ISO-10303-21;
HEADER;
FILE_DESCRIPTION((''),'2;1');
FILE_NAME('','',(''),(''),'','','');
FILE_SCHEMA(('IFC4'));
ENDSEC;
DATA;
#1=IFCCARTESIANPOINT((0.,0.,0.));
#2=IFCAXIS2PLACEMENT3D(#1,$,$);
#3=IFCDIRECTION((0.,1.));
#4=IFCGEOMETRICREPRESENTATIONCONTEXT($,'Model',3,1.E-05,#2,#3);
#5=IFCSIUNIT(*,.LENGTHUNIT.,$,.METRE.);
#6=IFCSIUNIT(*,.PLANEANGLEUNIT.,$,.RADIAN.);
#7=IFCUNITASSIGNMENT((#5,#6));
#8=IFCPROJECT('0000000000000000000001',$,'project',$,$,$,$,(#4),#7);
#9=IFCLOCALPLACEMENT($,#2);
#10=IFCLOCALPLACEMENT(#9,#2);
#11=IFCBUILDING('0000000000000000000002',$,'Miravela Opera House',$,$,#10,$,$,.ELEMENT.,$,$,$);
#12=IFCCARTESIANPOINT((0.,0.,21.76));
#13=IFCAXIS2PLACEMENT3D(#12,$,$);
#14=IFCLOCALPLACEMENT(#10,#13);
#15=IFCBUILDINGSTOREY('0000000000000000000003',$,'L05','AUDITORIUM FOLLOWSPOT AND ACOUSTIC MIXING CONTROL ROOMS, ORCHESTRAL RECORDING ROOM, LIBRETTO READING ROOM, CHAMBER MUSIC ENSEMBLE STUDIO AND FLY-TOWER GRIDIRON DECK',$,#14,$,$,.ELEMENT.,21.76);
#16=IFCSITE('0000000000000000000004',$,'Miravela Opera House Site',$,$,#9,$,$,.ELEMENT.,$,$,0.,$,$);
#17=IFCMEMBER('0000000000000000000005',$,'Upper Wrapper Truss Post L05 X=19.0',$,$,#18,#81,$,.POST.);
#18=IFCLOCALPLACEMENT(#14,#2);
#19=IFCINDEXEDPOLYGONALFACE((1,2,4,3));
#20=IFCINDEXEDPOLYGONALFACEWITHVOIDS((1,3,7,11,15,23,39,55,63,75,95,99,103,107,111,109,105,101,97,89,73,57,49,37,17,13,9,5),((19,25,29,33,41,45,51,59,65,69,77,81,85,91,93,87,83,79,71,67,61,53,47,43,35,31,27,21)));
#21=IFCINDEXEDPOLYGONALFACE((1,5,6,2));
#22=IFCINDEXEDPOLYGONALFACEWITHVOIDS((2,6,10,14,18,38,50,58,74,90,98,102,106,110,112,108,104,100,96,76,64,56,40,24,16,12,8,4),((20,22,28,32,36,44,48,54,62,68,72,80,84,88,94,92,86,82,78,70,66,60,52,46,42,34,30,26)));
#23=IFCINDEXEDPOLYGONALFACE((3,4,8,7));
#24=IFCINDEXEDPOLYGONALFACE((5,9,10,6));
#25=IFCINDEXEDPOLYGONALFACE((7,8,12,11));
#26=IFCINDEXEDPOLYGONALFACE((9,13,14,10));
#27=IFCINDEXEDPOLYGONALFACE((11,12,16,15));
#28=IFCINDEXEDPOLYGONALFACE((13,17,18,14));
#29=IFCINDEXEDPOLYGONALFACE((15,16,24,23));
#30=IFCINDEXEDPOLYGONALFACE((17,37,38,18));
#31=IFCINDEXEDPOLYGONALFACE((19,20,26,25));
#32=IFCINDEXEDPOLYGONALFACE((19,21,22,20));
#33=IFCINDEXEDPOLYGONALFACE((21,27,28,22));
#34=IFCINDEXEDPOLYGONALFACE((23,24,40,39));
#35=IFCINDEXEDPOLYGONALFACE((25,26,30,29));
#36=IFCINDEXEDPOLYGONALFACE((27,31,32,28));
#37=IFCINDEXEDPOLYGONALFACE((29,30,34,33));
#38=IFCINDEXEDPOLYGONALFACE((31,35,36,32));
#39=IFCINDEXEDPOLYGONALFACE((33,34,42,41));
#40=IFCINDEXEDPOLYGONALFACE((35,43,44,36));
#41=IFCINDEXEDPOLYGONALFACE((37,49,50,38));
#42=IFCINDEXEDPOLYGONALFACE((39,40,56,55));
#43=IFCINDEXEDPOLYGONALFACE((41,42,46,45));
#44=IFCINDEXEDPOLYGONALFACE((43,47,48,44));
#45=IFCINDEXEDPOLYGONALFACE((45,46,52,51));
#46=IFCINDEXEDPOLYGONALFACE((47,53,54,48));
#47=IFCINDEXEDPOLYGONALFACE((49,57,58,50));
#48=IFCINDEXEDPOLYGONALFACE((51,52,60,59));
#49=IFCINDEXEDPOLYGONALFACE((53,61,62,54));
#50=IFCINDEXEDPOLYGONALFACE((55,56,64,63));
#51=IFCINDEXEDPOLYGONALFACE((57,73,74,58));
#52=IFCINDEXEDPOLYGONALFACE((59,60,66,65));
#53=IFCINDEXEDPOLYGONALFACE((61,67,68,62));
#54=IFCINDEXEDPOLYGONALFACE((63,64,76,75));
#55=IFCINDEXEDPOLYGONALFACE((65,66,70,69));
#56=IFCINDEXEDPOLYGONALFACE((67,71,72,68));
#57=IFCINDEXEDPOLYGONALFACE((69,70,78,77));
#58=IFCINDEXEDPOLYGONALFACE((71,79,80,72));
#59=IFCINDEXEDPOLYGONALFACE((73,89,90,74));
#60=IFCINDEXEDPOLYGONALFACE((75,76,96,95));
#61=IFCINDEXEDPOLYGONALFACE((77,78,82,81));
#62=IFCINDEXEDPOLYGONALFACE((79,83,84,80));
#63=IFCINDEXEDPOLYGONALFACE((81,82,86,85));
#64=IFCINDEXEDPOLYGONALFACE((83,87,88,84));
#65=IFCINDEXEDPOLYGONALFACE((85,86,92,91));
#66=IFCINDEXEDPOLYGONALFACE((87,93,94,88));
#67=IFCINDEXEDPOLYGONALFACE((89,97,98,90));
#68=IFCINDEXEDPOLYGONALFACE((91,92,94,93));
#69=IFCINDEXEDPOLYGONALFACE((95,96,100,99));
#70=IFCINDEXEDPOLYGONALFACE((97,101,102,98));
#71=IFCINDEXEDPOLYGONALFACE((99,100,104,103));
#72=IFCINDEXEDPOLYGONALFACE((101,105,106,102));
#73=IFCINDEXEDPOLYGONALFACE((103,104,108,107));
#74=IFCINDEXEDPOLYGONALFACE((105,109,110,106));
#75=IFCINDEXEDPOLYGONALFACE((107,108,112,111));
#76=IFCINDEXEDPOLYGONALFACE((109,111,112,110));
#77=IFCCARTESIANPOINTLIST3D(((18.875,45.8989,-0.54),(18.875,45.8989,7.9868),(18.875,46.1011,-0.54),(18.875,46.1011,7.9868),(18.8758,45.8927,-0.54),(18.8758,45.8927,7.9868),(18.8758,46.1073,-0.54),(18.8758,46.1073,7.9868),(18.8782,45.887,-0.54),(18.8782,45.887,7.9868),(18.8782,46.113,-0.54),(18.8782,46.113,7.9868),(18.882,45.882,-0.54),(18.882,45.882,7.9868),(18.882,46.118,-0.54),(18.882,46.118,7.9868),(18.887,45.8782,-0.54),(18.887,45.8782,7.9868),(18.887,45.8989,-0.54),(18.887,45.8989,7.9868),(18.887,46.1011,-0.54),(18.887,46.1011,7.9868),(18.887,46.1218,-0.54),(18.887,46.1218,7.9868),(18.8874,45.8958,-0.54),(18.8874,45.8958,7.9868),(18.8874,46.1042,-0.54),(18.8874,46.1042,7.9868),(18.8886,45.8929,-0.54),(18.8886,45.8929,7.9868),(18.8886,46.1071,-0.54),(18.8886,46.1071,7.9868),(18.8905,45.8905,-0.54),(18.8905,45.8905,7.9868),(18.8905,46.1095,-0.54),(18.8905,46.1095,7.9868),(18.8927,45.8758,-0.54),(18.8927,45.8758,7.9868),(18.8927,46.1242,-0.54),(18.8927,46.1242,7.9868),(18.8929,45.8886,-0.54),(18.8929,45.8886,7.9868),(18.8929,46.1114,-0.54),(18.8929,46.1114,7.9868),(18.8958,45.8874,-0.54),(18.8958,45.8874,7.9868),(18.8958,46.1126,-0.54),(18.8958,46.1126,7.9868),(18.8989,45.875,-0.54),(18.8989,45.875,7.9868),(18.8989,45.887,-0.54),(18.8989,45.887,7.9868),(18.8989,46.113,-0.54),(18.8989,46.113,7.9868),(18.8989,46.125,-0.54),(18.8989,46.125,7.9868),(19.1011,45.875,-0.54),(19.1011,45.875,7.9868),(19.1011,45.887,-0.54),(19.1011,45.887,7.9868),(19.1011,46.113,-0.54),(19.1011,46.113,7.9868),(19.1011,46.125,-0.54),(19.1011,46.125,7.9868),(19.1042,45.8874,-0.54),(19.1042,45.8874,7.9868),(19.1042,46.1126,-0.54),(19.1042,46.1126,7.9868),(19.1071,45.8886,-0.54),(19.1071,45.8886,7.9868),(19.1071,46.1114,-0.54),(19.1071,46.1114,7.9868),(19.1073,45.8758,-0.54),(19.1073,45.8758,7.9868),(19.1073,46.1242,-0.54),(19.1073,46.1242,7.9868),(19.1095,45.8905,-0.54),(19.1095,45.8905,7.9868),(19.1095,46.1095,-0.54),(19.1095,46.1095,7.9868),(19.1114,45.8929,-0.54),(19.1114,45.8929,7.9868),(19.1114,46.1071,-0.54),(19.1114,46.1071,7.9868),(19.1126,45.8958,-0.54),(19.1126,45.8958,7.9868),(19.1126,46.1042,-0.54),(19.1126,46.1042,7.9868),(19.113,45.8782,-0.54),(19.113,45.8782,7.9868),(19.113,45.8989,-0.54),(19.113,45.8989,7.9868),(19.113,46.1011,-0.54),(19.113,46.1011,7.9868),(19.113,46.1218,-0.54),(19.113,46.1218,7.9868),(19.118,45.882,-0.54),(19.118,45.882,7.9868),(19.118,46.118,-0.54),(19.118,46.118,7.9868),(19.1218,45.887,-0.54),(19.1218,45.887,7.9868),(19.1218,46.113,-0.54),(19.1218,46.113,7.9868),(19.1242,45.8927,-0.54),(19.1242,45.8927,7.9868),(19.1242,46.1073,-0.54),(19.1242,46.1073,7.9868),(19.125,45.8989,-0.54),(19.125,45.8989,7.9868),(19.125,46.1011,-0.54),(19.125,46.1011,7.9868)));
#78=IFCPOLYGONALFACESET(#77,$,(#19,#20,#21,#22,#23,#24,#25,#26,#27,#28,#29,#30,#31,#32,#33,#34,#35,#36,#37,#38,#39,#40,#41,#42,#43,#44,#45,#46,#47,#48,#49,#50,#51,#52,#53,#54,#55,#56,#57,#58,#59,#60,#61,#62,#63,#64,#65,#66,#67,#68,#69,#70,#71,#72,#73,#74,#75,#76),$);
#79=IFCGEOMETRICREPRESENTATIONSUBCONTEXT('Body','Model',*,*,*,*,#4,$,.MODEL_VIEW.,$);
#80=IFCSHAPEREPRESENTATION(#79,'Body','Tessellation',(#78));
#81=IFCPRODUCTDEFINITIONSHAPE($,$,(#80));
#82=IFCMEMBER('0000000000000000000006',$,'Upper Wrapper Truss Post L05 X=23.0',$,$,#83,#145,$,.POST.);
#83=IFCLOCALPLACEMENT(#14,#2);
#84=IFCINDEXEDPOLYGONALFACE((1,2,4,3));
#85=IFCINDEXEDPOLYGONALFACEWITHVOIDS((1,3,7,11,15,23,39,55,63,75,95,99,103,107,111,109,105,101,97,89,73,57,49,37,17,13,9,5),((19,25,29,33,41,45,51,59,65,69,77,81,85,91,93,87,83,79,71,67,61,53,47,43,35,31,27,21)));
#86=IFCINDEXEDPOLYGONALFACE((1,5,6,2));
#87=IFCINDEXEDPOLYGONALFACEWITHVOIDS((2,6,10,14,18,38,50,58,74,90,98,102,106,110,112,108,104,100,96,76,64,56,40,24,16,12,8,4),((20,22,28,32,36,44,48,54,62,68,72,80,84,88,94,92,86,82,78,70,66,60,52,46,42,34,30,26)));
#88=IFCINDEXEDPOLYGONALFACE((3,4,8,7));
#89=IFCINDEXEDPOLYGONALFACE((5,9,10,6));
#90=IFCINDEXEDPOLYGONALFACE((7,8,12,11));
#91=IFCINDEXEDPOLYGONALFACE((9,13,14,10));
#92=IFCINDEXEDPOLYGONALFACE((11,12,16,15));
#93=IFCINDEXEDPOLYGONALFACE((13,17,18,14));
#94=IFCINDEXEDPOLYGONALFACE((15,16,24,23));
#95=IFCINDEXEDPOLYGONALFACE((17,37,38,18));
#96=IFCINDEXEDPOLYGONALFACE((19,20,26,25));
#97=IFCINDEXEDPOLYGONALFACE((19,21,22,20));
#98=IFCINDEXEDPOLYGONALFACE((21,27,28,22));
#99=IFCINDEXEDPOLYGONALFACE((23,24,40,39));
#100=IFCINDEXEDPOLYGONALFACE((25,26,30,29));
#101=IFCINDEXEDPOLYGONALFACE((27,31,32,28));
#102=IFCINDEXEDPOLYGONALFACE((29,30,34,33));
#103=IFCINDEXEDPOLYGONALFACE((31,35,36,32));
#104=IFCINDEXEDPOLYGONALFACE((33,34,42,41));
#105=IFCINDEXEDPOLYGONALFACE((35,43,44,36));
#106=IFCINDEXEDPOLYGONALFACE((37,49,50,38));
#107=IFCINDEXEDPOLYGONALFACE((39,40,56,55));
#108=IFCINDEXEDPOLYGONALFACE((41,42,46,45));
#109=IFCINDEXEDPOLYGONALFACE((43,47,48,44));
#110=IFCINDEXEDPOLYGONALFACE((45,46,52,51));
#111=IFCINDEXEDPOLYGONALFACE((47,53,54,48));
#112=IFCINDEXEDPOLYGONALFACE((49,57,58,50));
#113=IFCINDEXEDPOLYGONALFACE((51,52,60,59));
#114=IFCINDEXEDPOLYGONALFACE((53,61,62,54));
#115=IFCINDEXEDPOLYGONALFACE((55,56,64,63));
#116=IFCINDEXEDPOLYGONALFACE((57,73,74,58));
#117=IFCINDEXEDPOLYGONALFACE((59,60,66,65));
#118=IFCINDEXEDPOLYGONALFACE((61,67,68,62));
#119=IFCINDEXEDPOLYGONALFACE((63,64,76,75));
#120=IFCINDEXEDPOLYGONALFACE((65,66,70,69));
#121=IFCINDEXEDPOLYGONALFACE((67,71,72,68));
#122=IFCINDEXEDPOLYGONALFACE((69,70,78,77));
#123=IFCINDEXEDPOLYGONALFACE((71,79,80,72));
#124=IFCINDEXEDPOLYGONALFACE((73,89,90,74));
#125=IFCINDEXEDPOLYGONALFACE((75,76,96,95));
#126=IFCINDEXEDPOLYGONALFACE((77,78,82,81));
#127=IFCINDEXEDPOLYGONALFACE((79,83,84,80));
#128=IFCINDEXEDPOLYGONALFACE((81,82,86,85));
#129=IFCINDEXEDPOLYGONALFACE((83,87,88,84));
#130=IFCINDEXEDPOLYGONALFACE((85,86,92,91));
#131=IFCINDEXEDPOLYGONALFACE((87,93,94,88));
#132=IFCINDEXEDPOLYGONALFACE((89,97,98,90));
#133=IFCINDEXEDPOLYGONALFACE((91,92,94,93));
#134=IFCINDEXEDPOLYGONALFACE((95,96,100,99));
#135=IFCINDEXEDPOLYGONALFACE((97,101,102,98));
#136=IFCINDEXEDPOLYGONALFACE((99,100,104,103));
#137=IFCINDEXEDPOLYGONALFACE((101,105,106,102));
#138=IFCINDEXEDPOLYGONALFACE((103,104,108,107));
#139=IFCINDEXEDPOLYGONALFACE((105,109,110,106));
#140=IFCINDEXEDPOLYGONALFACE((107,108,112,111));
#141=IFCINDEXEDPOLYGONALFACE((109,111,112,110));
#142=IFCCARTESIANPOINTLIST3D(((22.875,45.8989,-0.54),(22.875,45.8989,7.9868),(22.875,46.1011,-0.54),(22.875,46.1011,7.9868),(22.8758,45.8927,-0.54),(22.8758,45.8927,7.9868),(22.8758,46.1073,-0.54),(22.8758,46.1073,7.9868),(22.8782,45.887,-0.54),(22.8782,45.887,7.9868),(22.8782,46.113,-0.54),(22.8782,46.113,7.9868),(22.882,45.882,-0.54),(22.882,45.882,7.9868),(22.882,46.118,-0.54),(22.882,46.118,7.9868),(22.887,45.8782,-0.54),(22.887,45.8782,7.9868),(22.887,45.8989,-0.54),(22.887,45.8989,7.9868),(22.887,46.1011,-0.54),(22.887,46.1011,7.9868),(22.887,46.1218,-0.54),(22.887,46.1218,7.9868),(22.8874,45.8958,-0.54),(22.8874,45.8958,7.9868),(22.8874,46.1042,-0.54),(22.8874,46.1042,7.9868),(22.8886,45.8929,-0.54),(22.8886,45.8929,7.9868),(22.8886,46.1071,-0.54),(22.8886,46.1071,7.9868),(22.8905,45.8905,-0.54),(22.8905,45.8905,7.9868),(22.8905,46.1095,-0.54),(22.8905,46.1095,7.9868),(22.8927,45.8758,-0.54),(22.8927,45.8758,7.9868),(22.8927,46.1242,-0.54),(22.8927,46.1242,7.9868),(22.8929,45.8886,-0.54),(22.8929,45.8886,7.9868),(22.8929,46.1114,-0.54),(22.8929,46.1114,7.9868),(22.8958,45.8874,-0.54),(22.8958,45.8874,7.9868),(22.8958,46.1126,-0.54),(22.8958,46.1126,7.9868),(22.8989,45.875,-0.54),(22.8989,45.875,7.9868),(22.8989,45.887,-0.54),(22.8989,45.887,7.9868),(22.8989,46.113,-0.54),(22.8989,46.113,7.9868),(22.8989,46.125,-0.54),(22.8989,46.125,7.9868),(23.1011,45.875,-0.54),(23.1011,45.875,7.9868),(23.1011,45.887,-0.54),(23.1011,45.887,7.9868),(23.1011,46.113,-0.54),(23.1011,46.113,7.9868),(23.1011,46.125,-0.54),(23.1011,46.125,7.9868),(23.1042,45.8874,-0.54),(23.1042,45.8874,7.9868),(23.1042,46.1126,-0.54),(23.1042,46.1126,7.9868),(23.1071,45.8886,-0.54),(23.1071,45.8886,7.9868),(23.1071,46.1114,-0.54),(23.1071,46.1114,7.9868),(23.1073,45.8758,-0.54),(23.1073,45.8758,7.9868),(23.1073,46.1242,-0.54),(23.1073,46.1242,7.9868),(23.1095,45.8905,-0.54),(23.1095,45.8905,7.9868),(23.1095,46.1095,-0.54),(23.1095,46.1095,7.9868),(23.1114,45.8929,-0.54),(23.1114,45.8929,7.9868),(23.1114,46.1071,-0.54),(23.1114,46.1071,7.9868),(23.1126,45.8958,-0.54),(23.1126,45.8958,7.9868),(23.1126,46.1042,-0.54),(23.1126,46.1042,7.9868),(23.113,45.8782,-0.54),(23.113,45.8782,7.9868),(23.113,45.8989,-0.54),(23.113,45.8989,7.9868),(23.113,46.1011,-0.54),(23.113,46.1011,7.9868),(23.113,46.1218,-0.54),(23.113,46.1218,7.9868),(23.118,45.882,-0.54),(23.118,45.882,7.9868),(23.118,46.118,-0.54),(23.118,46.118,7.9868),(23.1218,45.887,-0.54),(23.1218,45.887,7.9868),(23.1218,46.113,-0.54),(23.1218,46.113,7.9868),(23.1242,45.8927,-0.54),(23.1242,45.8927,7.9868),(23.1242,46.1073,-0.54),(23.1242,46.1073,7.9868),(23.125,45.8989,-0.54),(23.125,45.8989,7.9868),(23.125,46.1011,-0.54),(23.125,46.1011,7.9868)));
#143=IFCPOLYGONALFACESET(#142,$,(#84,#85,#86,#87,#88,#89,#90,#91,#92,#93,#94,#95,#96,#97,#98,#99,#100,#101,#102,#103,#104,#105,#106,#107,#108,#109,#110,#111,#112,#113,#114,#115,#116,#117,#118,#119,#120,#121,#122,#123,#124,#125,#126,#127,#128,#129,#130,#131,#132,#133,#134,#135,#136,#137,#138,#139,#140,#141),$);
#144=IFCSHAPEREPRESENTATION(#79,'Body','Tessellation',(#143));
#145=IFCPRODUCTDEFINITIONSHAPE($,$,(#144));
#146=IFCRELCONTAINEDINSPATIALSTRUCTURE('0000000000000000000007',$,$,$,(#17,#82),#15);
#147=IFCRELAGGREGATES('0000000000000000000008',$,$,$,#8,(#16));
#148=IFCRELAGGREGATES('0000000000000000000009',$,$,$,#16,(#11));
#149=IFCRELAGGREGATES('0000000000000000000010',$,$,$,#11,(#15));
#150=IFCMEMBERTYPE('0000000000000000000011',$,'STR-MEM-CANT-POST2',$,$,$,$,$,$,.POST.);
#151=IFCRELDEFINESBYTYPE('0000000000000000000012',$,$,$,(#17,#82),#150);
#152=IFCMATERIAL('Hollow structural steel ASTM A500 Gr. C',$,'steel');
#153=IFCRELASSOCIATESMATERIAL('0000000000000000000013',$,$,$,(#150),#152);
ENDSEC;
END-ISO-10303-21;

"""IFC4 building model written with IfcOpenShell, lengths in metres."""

from ifc_helpers import new_model, si_unit, direction, frame, origin, origin_2d, place, context, subcontext, project, spatial, hollow_rectangle, extrude, material, material_profile, profile_set, type_object, element, save


model = new_model("IFC4")

# Units and contexts
model_context = context("Model", 3, precision=1e-05, world=origin(), true_north=direction((0.0, 1.0)))
body_context = subcontext(model_context, "Body", "Model", "MODEL_VIEW")
ifc_project = project(units=[si_unit("LENGTHUNIT", "METRE"), si_unit("PLANEANGLEUNIT", "RADIAN")], contexts=[model_context])

# Site, building, storey
site_placement = place(None, origin())
site = spatial("IfcSite", under=ifc_project, at=site_placement, Name="Miravela Opera House Site", CompositionType="ELEMENT", RefElevation=0.0)
building_placement = place(site_placement, origin())
building = spatial("IfcBuilding", under=site, at=building_placement, Name="Miravela Opera House", CompositionType="ELEMENT")
storey_placement = place(building_placement, frame((0.0, 0.0, 21.76)))
storey = spatial("IfcBuildingStorey", under=building, at=storey_placement, Name="L05", Description="AUDITORIUM FOLLOWSPOT AND ACOUSTIC MIXING CONTROL ROOMS, ORCHESTRAL RECORDING ROOM, LIBRETTO READING ROOM, CHAMBER MUSIC ENSEMBLE STUDIO AND FLY-TOWER GRIDIRON DECK", CompositionType="ELEMENT", Elevation=21.76)

# Members
ifc_material_1 = material(Name="Hollow structural steel ASTM A500 Gr. C", Category="steel")
ifc_material_profile_1 = material_profile(ifc_material_1, hollow_rectangle(XDim=0.25, YDim=0.25, WallThickness=0.012, InnerFilletRadius=0.012, OuterFilletRadius=0.0239, at=origin_2d()), Name="HSS250X250X12")
ifc_profile_set_1 = profile_set([ifc_material_profile_1])
member_type_1 = type_object("IfcMemberType", Name="STR-MEM-CANT-POST2", PredefinedType="POST", material=ifc_profile_set_1)
for number, where, z_axis, x_axis, name in (
    (1, (19.0, 46.0, -0.54), (0.0, 0.0, 1.0), (1.0, 0.0, 0.0), "Upper Wrapper Truss Post L05 X=19.0"),
    (2, (23.0, 46.0, -0.54), (0.0, 0.0, 1.0), (1.0, 0.0, 0.0), "Upper Wrapper Truss Post L05 X=23.0"),
):
    element("IfcMember", number, at=place(storey_placement, frame(where, z_axis=z_axis, x_axis=x_axis)), inside=storey, type_object=member_type_1, Name=name, PredefinedType="POST", context=body_context, shape_type="SweptSolid", body=[
        extrude(hollow_rectangle(XDim=0.25, YDim=0.25, WallThickness=0.012, InnerFilletRadius=0.012, OuterFilletRadius=0.0239, at=origin_2d()), origin(), (0.0, 0.0, 1.0), 8.5269),
    ])

save(model, "model.ifc")
